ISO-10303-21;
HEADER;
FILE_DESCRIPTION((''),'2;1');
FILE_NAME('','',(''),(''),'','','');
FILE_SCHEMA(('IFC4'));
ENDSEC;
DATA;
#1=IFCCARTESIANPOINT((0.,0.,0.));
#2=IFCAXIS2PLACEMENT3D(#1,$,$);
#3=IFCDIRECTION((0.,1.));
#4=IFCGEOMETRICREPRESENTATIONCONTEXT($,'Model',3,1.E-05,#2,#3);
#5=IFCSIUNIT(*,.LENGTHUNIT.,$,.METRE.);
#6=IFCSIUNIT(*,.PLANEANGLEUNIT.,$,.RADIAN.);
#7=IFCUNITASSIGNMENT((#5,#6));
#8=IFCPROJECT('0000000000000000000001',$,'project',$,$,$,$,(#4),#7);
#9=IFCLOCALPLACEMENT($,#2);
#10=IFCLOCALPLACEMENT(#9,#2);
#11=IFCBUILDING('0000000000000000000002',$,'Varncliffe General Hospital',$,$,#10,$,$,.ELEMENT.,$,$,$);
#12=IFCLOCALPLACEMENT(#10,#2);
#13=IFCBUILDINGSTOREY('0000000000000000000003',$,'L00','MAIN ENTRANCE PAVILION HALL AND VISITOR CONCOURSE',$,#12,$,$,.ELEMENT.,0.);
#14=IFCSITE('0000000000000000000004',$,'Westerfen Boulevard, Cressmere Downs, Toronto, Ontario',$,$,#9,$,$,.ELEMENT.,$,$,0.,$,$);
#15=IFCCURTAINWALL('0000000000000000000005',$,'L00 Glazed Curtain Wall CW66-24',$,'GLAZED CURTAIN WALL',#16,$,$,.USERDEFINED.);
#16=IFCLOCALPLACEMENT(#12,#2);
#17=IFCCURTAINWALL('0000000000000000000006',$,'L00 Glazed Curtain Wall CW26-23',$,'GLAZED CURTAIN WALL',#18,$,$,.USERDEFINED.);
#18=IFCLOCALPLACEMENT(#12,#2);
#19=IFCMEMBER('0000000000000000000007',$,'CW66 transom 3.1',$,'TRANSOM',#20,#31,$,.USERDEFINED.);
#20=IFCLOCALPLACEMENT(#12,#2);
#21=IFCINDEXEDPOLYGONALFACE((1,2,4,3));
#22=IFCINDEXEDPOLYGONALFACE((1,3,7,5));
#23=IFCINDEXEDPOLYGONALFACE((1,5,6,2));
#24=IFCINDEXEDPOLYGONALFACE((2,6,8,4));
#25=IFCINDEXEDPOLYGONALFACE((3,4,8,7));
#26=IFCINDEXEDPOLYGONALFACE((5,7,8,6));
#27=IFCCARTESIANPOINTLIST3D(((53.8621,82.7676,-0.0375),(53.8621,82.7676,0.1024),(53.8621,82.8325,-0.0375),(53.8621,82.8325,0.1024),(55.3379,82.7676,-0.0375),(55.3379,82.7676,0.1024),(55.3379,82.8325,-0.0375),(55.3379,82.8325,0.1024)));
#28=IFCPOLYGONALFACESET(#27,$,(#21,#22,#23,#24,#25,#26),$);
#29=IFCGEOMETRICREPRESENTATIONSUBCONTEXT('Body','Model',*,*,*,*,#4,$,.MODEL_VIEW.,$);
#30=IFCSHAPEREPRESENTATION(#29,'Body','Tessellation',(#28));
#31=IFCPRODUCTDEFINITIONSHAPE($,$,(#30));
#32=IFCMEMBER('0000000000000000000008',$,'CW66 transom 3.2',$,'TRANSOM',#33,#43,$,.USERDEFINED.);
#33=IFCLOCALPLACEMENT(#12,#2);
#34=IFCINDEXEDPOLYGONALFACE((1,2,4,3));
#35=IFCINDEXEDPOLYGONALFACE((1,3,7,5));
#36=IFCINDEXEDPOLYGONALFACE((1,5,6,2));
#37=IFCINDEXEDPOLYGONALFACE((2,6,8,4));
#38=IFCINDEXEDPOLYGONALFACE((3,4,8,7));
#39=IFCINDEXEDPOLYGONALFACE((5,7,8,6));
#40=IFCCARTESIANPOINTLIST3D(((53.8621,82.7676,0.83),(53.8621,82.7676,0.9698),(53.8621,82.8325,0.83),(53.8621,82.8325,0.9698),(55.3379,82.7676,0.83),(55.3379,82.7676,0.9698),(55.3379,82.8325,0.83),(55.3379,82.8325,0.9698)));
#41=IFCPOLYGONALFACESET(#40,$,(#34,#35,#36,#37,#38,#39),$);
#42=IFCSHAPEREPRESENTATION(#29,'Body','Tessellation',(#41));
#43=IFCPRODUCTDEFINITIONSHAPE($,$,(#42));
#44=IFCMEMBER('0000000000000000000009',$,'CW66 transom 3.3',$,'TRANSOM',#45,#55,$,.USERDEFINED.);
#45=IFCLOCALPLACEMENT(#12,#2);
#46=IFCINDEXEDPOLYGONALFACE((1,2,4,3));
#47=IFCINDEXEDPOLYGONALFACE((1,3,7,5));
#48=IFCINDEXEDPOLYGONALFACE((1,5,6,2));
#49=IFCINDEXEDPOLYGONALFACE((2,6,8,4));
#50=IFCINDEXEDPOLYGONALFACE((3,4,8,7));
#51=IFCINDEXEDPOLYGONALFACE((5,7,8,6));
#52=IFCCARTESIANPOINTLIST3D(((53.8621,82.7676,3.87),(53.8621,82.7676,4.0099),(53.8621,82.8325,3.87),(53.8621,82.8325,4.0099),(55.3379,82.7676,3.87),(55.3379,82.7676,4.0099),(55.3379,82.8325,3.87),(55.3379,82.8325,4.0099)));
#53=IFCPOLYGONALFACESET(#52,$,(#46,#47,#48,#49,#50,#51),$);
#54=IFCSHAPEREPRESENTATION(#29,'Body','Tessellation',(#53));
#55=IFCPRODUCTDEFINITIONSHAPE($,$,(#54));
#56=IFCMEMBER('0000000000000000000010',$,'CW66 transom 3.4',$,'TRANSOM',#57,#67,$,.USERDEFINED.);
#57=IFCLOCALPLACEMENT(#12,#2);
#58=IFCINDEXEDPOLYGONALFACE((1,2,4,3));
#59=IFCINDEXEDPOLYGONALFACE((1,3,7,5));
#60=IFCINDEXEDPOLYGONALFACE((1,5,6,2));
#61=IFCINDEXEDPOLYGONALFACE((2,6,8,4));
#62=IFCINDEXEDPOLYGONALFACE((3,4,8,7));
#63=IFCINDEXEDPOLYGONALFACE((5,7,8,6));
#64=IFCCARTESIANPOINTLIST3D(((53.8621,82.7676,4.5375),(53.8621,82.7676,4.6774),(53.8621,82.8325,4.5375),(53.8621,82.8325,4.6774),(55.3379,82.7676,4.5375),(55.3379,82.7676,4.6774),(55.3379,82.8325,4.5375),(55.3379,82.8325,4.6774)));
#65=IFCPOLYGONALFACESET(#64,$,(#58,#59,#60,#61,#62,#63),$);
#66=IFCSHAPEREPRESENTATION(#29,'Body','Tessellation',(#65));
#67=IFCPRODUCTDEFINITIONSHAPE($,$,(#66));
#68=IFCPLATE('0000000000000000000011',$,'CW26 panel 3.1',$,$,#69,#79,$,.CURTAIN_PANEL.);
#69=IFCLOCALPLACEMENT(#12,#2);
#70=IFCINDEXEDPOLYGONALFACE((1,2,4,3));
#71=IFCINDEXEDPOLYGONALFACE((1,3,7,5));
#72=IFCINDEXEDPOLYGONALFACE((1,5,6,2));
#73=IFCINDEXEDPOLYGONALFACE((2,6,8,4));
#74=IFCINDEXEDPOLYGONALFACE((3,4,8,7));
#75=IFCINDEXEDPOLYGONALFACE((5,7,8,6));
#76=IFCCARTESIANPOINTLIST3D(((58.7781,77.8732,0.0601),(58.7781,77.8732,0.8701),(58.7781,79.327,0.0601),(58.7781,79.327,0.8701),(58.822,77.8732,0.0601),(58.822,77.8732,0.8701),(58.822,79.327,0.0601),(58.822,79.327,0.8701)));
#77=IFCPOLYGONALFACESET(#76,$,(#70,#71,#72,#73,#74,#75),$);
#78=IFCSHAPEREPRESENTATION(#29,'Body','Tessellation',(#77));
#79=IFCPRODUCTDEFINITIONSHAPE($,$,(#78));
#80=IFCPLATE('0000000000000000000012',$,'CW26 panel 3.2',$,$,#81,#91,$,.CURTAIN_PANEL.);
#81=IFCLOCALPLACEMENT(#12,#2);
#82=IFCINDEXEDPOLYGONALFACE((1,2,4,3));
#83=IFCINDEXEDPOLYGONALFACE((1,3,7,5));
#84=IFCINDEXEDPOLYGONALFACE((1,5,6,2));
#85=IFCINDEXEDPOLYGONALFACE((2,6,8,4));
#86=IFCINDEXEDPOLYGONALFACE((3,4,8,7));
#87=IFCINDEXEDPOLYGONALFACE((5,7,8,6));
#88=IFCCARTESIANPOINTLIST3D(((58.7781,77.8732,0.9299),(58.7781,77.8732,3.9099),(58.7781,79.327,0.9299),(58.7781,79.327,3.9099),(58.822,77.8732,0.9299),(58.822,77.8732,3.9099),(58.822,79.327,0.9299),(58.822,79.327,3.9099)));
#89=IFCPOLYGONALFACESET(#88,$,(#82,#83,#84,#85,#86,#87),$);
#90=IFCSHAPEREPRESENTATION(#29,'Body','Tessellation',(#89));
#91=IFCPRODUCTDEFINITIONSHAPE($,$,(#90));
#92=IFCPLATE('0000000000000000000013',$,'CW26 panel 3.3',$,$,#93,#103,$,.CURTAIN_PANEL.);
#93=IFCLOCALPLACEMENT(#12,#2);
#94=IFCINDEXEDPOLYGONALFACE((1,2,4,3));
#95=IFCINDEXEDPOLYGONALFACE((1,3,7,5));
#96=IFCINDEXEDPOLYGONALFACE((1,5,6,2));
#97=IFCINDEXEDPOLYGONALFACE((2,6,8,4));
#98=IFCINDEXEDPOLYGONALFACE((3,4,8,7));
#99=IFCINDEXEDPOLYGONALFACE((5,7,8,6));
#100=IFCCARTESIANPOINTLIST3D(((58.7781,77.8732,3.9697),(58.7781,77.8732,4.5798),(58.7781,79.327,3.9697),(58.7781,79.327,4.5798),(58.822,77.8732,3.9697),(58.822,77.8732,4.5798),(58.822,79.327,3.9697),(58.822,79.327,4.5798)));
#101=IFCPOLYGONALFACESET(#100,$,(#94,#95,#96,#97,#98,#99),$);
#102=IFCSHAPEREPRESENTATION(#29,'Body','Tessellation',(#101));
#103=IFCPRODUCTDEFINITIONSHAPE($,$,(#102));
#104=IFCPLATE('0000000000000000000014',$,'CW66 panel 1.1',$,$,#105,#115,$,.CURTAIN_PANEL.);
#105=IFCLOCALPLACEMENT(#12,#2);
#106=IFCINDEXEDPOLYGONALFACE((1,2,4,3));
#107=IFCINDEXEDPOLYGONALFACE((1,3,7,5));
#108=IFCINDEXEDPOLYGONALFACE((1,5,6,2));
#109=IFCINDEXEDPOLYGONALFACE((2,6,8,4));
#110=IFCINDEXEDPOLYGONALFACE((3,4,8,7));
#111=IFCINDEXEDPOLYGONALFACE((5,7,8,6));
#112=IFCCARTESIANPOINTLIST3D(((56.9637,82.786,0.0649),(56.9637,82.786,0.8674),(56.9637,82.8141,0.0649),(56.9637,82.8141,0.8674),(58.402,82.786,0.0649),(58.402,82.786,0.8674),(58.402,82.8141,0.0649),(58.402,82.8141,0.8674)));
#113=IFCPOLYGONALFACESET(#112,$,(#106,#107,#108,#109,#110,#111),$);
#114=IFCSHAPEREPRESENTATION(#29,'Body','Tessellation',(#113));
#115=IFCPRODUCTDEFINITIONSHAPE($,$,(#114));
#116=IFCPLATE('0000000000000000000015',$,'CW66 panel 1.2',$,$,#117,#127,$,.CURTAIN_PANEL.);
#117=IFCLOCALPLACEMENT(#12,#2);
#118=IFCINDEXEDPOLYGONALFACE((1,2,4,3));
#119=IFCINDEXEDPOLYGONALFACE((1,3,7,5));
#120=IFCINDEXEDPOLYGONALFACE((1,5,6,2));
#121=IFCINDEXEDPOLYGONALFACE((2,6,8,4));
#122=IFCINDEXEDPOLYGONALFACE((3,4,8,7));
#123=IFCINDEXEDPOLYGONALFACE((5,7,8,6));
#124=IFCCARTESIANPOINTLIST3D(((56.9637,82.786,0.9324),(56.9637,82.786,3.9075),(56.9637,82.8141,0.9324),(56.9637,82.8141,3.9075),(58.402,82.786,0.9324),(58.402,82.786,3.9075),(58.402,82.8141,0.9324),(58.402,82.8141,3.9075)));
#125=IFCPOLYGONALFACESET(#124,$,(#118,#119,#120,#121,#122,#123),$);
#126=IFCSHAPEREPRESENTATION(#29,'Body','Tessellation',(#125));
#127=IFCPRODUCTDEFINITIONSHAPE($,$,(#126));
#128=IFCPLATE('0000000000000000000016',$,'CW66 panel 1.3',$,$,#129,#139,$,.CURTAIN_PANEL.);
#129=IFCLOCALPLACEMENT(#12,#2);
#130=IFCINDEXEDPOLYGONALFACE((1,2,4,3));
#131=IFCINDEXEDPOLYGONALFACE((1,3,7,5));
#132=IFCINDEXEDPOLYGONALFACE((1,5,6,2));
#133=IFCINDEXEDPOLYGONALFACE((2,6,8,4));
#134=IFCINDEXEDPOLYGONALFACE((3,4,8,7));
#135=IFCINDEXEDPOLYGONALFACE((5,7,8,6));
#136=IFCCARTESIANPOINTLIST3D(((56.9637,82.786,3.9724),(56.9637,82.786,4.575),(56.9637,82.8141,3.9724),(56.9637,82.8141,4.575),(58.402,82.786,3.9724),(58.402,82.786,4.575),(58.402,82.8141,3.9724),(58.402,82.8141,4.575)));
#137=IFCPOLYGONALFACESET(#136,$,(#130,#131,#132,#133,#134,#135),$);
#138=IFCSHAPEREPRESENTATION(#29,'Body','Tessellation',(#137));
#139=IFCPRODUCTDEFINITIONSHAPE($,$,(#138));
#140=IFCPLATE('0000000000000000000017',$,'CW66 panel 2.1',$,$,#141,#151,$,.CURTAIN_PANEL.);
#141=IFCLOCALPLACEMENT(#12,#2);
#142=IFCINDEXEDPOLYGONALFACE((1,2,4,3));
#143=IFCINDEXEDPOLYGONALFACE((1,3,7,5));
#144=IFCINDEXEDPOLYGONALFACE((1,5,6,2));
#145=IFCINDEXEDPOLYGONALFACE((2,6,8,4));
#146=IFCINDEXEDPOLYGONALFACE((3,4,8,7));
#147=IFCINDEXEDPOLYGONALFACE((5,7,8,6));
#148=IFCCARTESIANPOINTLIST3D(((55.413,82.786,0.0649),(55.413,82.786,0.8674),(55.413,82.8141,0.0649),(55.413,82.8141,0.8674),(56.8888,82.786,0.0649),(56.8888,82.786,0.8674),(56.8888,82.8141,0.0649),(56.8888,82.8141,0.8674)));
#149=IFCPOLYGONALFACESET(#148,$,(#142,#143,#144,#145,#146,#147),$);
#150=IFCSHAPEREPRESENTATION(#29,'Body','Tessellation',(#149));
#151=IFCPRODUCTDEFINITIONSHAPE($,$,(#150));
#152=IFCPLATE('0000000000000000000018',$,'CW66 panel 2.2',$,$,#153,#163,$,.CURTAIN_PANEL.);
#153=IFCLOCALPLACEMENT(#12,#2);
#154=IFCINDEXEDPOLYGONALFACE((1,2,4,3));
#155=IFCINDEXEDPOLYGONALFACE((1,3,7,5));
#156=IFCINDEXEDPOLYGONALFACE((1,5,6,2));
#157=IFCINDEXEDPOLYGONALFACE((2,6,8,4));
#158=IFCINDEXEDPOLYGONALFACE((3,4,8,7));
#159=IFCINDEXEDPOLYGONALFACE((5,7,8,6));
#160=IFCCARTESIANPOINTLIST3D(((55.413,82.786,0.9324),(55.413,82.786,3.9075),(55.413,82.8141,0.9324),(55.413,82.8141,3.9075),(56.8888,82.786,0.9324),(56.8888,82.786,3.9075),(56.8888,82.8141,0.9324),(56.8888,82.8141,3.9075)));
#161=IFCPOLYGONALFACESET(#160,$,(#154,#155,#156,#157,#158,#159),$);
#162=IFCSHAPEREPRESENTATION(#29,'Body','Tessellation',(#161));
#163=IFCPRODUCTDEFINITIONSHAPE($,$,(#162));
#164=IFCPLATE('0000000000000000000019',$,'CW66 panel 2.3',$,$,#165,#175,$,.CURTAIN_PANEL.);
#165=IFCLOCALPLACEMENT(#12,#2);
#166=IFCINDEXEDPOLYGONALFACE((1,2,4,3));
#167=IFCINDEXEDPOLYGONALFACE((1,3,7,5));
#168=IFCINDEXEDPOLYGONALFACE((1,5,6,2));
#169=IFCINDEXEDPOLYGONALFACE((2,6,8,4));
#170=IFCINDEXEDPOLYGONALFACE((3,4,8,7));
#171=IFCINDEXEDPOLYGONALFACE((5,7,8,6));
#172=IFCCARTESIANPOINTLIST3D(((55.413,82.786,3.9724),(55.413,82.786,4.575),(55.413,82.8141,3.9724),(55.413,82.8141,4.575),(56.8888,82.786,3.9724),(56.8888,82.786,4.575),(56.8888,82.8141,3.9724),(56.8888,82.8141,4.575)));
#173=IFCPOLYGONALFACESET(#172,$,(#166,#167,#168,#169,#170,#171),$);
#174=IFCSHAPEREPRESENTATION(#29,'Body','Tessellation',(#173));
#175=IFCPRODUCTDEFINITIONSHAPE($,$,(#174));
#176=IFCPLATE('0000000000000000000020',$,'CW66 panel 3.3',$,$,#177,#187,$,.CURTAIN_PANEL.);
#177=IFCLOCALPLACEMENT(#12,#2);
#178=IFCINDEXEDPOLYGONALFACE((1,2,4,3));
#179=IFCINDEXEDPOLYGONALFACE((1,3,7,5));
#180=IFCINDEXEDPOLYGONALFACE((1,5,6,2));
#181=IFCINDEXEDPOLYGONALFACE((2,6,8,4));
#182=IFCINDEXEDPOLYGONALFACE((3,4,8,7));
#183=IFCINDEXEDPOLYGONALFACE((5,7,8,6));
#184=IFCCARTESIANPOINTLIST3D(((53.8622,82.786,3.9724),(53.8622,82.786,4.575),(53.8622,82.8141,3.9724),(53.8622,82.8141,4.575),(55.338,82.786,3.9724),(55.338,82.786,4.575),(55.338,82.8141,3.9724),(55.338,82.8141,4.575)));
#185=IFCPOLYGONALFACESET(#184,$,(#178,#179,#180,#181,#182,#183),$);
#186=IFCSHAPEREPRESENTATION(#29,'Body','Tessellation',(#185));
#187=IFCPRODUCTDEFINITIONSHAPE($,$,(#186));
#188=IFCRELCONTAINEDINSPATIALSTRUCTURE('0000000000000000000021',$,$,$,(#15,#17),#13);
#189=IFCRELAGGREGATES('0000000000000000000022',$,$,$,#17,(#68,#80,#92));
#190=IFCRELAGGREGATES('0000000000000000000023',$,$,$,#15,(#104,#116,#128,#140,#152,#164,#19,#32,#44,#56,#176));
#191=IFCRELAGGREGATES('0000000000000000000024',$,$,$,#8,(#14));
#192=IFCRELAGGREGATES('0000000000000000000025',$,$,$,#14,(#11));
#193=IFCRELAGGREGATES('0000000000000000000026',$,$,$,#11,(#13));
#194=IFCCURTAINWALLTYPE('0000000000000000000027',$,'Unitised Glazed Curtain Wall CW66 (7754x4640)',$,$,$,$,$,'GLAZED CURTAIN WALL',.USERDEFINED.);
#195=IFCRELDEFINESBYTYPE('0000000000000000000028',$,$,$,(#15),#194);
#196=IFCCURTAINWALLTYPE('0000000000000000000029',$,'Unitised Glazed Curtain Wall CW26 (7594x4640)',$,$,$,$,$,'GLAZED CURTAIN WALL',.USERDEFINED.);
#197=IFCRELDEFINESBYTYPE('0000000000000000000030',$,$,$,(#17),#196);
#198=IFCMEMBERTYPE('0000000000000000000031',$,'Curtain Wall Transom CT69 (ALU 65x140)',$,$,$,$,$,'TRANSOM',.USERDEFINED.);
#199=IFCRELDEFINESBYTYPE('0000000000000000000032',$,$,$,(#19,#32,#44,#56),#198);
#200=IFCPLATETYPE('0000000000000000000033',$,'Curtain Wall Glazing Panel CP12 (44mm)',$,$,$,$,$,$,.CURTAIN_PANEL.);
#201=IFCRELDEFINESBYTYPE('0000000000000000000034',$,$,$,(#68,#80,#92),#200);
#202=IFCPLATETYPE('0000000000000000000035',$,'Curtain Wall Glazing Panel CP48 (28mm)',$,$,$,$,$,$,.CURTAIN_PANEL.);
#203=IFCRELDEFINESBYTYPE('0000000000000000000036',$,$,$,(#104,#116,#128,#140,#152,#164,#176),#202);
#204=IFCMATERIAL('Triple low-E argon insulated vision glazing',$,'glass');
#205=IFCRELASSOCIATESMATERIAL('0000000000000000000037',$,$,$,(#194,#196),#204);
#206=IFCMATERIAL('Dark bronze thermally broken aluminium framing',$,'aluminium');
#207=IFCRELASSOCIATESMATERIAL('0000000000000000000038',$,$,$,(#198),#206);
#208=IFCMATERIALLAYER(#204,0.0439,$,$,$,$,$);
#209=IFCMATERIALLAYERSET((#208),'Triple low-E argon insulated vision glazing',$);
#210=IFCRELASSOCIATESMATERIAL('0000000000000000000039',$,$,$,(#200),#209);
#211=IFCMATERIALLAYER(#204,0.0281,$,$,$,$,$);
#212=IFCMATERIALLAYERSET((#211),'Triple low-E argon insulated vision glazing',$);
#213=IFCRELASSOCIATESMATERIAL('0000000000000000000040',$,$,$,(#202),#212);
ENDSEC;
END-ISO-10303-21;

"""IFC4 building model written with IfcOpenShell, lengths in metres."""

from ifc_helpers import new_model, si_unit, direction, frame, origin, origin_2d, place, context, subcontext, project, spatial, rectangle, extrude, material, layer, layer_set, material_profile, profile_set, type_object, element, aggregate, save


model = new_model("IFC4")

# Units and contexts
model_context = context("Model", 3, precision=1e-05, world=origin(), true_north=direction((0.0, 1.0)))
body_context = subcontext(model_context, "Body", "Model", "MODEL_VIEW")
ifc_project = project(units=[si_unit("LENGTHUNIT", "METRE"), si_unit("PLANEANGLEUNIT", "RADIAN")], contexts=[model_context])

# Site, building, storey
site_placement = place(None, origin())
site = spatial("IfcSite", under=ifc_project, at=site_placement, Name="Westerfen Boulevard, Cressmere Downs, Toronto, Ontario", CompositionType="ELEMENT", RefElevation=0.0)
building_placement = place(site_placement, origin())
building = spatial("IfcBuilding", under=site, at=building_placement, Name="Varncliffe General Hospital", CompositionType="ELEMENT")
storey_placement = place(building_placement, origin())
storey = spatial("IfcBuildingStorey", under=building, at=storey_placement, Name="L00", Description="MAIN ENTRANCE PAVILION HALL AND VISITOR CONCOURSE", CompositionType="ELEMENT", Elevation=0.0)

# Curtain walls
ifc_material_1 = material(Name="Triple low-E argon insulated vision glazing", Category="glass")
curtain_wall_type_1 = type_object("IfcCurtainWallType", Name="Unitised Glazed Curtain Wall CW66 (7754x4640)", ElementType="GLAZED CURTAIN WALL", PredefinedType="USERDEFINED", material=ifc_material_1)
curtain_wall_1_placement = place(storey_placement, origin())
curtain_wall_1 = element("IfcCurtainWall", 1, at=curtain_wall_1_placement, inside=storey, type_object=curtain_wall_type_1, Name="L00 Glazed Curtain Wall CW66-24", ObjectType="GLAZED CURTAIN WALL", PredefinedType="USERDEFINED")
ifc_material_2 = material(Name="Dark bronze thermally broken aluminium framing", Category="aluminium")
curtain_wall_type_2 = type_object("IfcCurtainWallType", Name="Unitised Glazed Curtain Wall CW26 (7594x4640)", ElementType="GLAZED CURTAIN WALL", PredefinedType="USERDEFINED", material=ifc_material_1)
curtain_wall_2_placement = place(storey_placement, origin())
curtain_wall_2 = element("IfcCurtainWall", 2, at=curtain_wall_2_placement, inside=storey, type_object=curtain_wall_type_2, Name="L00 Glazed Curtain Wall CW26-23", ObjectType="GLAZED CURTAIN WALL", PredefinedType="USERDEFINED")

# Members
ifc_material_profile_1 = material_profile(ifc_material_2, rectangle(XDim=0.0649, YDim=0.1399, at=origin_2d()), Name="ALU 65x140")
ifc_profile_set_1 = profile_set([ifc_material_profile_1], Name="Dark bronze thermally broken aluminium framing")
member_type_1 = type_object("IfcMemberType", Name="Curtain Wall Transom CT69 (ALU 65x140)", ElementType="TRANSOM", PredefinedType="USERDEFINED", material=ifc_profile_set_1)
member_1_placement = place(storey_placement, frame((55.3379, 82.8, 0.0325), z_axis=(-1.0, 0.0, 0.0), x_axis=(0.0, -1.0, 0.0)))
member_1 = element("IfcMember", 3, at=member_1_placement, type_object=member_type_1, Name="CW66 transom 3.1", ObjectType="TRANSOM", PredefinedType="USERDEFINED", context=body_context, shape_type="SweptSolid", body=[
    extrude(rectangle(XDim=0.0649, YDim=0.1399, at=origin_2d()), origin(), (0.0, 0.0, 1.0), 1.4758),
])
member_2_placement = place(storey_placement, frame((55.3379, 82.8, 0.8999), z_axis=(-1.0, 0.0, 0.0), x_axis=(0.0, -1.0, 0.0)))
member_2 = element("IfcMember", 4, at=member_2_placement, type_object=member_type_1, Name="CW66 transom 3.2", ObjectType="TRANSOM", PredefinedType="USERDEFINED", context=body_context, shape_type="SweptSolid", body=[
    extrude(rectangle(XDim=0.0649, YDim=0.1399, at=origin_2d()), origin(), (0.0, 0.0, 1.0), 1.4758),
])
member_3_placement = place(storey_placement, frame((55.3379, 82.8, 3.9399), z_axis=(-1.0, 0.0, 0.0), x_axis=(0.0, -1.0, 0.0)))
member_3 = element("IfcMember", 5, at=member_3_placement, type_object=member_type_1, Name="CW66 transom 3.3", ObjectType="TRANSOM", PredefinedType="USERDEFINED", context=body_context, shape_type="SweptSolid", body=[
    extrude(rectangle(XDim=0.0649, YDim=0.1399, at=origin_2d()), origin(), (0.0, 0.0, 1.0), 1.4758),
])
member_4_placement = place(storey_placement, frame((55.3379, 82.8, 4.6074), z_axis=(-1.0, 0.0, 0.0), x_axis=(0.0, -1.0, 0.0)))
member_4 = element("IfcMember", 6, at=member_4_placement, type_object=member_type_1, Name="CW66 transom 3.4", ObjectType="TRANSOM", PredefinedType="USERDEFINED", context=body_context, shape_type="SweptSolid", body=[
    extrude(rectangle(XDim=0.0649, YDim=0.1399, at=origin_2d()), origin(), (0.0, 0.0, 1.0), 1.4758),
])

# Plates
ifc_layer_1 = layer(ifc_material_1, 0.0439)
ifc_layer_set_1 = layer_set([ifc_layer_1], Name="Triple low-E argon insulated vision glazing")
plate_type_1 = type_object("IfcPlateType", Name="Curtain Wall Glazing Panel CP12 (44mm)", PredefinedType="CURTAIN_PANEL", material=ifc_layer_set_1)
plate_1_placement = place(storey_placement, frame((58.8, 78.6001, 0.0601), z_axis=(0.0, 0.0, 1.0), x_axis=(0.0, 1.0, 0.0)))
plate_1 = element("IfcPlate", 7, at=plate_1_placement, type_object=plate_type_1, Name="CW26 panel 3.1", PredefinedType="CURTAIN_PANEL", context=body_context, shape_type="SweptSolid", body=[
    extrude(rectangle(XDim=1.4539, YDim=0.0439, at=origin_2d()), origin(), (0.0, 0.0, 1.0), 0.8101),
])
plate_2_placement = place(storey_placement, frame((58.8, 78.6001, 0.9299), z_axis=(0.0, 0.0, 1.0), x_axis=(0.0, 1.0, 0.0)))
plate_2 = element("IfcPlate", 8, at=plate_2_placement, type_object=plate_type_1, Name="CW26 panel 3.2", PredefinedType="CURTAIN_PANEL", context=body_context, shape_type="SweptSolid", body=[
    extrude(rectangle(XDim=1.4539, YDim=0.0439, at=origin_2d()), origin(), (0.0, 0.0, 1.0), 2.98),
])
plate_3_placement = place(storey_placement, frame((58.8, 78.6001, 3.9697), z_axis=(0.0, 0.0, 1.0), x_axis=(0.0, 1.0, 0.0)))
plate_3 = element("IfcPlate", 9, at=plate_3_placement, type_object=plate_type_1, Name="CW26 panel 3.3", PredefinedType="CURTAIN_PANEL", context=body_context, shape_type="SweptSolid", body=[
    extrude(rectangle(XDim=1.4539, YDim=0.0439, at=origin_2d()), origin(), (0.0, 0.0, 1.0), 0.6101),
])
aggregate(curtain_wall_2, [plate_1, plate_2, plate_3])
ifc_layer_2 = layer(ifc_material_1, 0.0281)
ifc_layer_set_2 = layer_set([ifc_layer_2], Name="Triple low-E argon insulated vision glazing")
plate_type_2 = type_object("IfcPlateType", Name="Curtain Wall Glazing Panel CP48 (28mm)", PredefinedType="CURTAIN_PANEL", material=ifc_layer_set_2)
plate_4_placement = place(storey_placement, frame((57.6829, 82.8, 0.0649), z_axis=(0.0, 0.0, 1.0), x_axis=(-1.0, 0.0, 0.0)))
plate_4 = element("IfcPlate", 10, at=plate_4_placement, type_object=plate_type_2, Name="CW66 panel 1.1", PredefinedType="CURTAIN_PANEL", context=body_context, shape_type="SweptSolid", body=[
    extrude(rectangle(XDim=1.4382, YDim=0.0281, at=origin_2d()), origin(), (0.0, 0.0, 1.0), 0.8025),
])
plate_5_placement = place(storey_placement, frame((57.6829, 82.8, 0.9324), z_axis=(0.0, 0.0, 1.0), x_axis=(-1.0, 0.0, 0.0)))
plate_5 = element("IfcPlate", 11, at=plate_5_placement, type_object=plate_type_2, Name="CW66 panel 1.2", PredefinedType="CURTAIN_PANEL", context=body_context, shape_type="SweptSolid", body=[
    extrude(rectangle(XDim=1.4382, YDim=0.0281, at=origin_2d()), origin(), (0.0, 0.0, 1.0), 2.9751),
])
plate_6_placement = place(storey_placement, frame((57.6829, 82.8, 3.9724), z_axis=(0.0, 0.0, 1.0), x_axis=(-1.0, 0.0, 0.0)))
plate_6 = element("IfcPlate", 12, at=plate_6_placement, type_object=plate_type_2, Name="CW66 panel 1.3", PredefinedType="CURTAIN_PANEL", context=body_context, shape_type="SweptSolid", body=[
    extrude(rectangle(XDim=1.4382, YDim=0.0281, at=origin_2d()), origin(), (0.0, 0.0, 1.0), 0.6025),
])
plate_7_placement = place(storey_placement, frame((56.1509, 82.8, 0.0649), z_axis=(0.0, 0.0, 1.0), x_axis=(-1.0, 0.0, 0.0)))
plate_7 = element("IfcPlate", 13, at=plate_7_placement, type_object=plate_type_2, Name="CW66 panel 2.1", PredefinedType="CURTAIN_PANEL", context=body_context, shape_type="SweptSolid", body=[
    extrude(rectangle(XDim=1.4758, YDim=0.0281, at=origin_2d()), origin(), (0.0, 0.0, 1.0), 0.8025),
])
plate_8_placement = place(storey_placement, frame((56.1509, 82.8, 0.9324), z_axis=(0.0, 0.0, 1.0), x_axis=(-1.0, 0.0, 0.0)))
plate_8 = element("IfcPlate", 14, at=plate_8_placement, type_object=plate_type_2, Name="CW66 panel 2.2", PredefinedType="CURTAIN_PANEL", context=body_context, shape_type="SweptSolid", body=[
    extrude(rectangle(XDim=1.4758, YDim=0.0281, at=origin_2d()), origin(), (0.0, 0.0, 1.0), 2.9751),
])
plate_9_placement = place(storey_placement, frame((56.1509, 82.8, 3.9724), z_axis=(0.0, 0.0, 1.0), x_axis=(-1.0, 0.0, 0.0)))
plate_9 = element("IfcPlate", 15, at=plate_9_placement, type_object=plate_type_2, Name="CW66 panel 2.3", PredefinedType="CURTAIN_PANEL", context=body_context, shape_type="SweptSolid", body=[
    extrude(rectangle(XDim=1.4758, YDim=0.0281, at=origin_2d()), origin(), (0.0, 0.0, 1.0), 0.6025),
])
plate_10_placement = place(storey_placement, frame((54.6001, 82.8, 3.9724), z_axis=(0.0, 0.0, 1.0), x_axis=(-1.0, 0.0, 0.0)))
plate_10 = element("IfcPlate", 16, at=plate_10_placement, type_object=plate_type_2, Name="CW66 panel 3.3", PredefinedType="CURTAIN_PANEL", context=body_context, shape_type="SweptSolid", body=[
    extrude(rectangle(XDim=1.4758, YDim=0.0281, at=origin_2d()), origin(), (0.0, 0.0, 1.0), 0.6025),
])
aggregate(curtain_wall_1, [plate_4, plate_5, plate_6, plate_7, plate_8, plate_9, member_1, member_2, member_3, member_4, plate_10])

save(model, "model.ifc")
